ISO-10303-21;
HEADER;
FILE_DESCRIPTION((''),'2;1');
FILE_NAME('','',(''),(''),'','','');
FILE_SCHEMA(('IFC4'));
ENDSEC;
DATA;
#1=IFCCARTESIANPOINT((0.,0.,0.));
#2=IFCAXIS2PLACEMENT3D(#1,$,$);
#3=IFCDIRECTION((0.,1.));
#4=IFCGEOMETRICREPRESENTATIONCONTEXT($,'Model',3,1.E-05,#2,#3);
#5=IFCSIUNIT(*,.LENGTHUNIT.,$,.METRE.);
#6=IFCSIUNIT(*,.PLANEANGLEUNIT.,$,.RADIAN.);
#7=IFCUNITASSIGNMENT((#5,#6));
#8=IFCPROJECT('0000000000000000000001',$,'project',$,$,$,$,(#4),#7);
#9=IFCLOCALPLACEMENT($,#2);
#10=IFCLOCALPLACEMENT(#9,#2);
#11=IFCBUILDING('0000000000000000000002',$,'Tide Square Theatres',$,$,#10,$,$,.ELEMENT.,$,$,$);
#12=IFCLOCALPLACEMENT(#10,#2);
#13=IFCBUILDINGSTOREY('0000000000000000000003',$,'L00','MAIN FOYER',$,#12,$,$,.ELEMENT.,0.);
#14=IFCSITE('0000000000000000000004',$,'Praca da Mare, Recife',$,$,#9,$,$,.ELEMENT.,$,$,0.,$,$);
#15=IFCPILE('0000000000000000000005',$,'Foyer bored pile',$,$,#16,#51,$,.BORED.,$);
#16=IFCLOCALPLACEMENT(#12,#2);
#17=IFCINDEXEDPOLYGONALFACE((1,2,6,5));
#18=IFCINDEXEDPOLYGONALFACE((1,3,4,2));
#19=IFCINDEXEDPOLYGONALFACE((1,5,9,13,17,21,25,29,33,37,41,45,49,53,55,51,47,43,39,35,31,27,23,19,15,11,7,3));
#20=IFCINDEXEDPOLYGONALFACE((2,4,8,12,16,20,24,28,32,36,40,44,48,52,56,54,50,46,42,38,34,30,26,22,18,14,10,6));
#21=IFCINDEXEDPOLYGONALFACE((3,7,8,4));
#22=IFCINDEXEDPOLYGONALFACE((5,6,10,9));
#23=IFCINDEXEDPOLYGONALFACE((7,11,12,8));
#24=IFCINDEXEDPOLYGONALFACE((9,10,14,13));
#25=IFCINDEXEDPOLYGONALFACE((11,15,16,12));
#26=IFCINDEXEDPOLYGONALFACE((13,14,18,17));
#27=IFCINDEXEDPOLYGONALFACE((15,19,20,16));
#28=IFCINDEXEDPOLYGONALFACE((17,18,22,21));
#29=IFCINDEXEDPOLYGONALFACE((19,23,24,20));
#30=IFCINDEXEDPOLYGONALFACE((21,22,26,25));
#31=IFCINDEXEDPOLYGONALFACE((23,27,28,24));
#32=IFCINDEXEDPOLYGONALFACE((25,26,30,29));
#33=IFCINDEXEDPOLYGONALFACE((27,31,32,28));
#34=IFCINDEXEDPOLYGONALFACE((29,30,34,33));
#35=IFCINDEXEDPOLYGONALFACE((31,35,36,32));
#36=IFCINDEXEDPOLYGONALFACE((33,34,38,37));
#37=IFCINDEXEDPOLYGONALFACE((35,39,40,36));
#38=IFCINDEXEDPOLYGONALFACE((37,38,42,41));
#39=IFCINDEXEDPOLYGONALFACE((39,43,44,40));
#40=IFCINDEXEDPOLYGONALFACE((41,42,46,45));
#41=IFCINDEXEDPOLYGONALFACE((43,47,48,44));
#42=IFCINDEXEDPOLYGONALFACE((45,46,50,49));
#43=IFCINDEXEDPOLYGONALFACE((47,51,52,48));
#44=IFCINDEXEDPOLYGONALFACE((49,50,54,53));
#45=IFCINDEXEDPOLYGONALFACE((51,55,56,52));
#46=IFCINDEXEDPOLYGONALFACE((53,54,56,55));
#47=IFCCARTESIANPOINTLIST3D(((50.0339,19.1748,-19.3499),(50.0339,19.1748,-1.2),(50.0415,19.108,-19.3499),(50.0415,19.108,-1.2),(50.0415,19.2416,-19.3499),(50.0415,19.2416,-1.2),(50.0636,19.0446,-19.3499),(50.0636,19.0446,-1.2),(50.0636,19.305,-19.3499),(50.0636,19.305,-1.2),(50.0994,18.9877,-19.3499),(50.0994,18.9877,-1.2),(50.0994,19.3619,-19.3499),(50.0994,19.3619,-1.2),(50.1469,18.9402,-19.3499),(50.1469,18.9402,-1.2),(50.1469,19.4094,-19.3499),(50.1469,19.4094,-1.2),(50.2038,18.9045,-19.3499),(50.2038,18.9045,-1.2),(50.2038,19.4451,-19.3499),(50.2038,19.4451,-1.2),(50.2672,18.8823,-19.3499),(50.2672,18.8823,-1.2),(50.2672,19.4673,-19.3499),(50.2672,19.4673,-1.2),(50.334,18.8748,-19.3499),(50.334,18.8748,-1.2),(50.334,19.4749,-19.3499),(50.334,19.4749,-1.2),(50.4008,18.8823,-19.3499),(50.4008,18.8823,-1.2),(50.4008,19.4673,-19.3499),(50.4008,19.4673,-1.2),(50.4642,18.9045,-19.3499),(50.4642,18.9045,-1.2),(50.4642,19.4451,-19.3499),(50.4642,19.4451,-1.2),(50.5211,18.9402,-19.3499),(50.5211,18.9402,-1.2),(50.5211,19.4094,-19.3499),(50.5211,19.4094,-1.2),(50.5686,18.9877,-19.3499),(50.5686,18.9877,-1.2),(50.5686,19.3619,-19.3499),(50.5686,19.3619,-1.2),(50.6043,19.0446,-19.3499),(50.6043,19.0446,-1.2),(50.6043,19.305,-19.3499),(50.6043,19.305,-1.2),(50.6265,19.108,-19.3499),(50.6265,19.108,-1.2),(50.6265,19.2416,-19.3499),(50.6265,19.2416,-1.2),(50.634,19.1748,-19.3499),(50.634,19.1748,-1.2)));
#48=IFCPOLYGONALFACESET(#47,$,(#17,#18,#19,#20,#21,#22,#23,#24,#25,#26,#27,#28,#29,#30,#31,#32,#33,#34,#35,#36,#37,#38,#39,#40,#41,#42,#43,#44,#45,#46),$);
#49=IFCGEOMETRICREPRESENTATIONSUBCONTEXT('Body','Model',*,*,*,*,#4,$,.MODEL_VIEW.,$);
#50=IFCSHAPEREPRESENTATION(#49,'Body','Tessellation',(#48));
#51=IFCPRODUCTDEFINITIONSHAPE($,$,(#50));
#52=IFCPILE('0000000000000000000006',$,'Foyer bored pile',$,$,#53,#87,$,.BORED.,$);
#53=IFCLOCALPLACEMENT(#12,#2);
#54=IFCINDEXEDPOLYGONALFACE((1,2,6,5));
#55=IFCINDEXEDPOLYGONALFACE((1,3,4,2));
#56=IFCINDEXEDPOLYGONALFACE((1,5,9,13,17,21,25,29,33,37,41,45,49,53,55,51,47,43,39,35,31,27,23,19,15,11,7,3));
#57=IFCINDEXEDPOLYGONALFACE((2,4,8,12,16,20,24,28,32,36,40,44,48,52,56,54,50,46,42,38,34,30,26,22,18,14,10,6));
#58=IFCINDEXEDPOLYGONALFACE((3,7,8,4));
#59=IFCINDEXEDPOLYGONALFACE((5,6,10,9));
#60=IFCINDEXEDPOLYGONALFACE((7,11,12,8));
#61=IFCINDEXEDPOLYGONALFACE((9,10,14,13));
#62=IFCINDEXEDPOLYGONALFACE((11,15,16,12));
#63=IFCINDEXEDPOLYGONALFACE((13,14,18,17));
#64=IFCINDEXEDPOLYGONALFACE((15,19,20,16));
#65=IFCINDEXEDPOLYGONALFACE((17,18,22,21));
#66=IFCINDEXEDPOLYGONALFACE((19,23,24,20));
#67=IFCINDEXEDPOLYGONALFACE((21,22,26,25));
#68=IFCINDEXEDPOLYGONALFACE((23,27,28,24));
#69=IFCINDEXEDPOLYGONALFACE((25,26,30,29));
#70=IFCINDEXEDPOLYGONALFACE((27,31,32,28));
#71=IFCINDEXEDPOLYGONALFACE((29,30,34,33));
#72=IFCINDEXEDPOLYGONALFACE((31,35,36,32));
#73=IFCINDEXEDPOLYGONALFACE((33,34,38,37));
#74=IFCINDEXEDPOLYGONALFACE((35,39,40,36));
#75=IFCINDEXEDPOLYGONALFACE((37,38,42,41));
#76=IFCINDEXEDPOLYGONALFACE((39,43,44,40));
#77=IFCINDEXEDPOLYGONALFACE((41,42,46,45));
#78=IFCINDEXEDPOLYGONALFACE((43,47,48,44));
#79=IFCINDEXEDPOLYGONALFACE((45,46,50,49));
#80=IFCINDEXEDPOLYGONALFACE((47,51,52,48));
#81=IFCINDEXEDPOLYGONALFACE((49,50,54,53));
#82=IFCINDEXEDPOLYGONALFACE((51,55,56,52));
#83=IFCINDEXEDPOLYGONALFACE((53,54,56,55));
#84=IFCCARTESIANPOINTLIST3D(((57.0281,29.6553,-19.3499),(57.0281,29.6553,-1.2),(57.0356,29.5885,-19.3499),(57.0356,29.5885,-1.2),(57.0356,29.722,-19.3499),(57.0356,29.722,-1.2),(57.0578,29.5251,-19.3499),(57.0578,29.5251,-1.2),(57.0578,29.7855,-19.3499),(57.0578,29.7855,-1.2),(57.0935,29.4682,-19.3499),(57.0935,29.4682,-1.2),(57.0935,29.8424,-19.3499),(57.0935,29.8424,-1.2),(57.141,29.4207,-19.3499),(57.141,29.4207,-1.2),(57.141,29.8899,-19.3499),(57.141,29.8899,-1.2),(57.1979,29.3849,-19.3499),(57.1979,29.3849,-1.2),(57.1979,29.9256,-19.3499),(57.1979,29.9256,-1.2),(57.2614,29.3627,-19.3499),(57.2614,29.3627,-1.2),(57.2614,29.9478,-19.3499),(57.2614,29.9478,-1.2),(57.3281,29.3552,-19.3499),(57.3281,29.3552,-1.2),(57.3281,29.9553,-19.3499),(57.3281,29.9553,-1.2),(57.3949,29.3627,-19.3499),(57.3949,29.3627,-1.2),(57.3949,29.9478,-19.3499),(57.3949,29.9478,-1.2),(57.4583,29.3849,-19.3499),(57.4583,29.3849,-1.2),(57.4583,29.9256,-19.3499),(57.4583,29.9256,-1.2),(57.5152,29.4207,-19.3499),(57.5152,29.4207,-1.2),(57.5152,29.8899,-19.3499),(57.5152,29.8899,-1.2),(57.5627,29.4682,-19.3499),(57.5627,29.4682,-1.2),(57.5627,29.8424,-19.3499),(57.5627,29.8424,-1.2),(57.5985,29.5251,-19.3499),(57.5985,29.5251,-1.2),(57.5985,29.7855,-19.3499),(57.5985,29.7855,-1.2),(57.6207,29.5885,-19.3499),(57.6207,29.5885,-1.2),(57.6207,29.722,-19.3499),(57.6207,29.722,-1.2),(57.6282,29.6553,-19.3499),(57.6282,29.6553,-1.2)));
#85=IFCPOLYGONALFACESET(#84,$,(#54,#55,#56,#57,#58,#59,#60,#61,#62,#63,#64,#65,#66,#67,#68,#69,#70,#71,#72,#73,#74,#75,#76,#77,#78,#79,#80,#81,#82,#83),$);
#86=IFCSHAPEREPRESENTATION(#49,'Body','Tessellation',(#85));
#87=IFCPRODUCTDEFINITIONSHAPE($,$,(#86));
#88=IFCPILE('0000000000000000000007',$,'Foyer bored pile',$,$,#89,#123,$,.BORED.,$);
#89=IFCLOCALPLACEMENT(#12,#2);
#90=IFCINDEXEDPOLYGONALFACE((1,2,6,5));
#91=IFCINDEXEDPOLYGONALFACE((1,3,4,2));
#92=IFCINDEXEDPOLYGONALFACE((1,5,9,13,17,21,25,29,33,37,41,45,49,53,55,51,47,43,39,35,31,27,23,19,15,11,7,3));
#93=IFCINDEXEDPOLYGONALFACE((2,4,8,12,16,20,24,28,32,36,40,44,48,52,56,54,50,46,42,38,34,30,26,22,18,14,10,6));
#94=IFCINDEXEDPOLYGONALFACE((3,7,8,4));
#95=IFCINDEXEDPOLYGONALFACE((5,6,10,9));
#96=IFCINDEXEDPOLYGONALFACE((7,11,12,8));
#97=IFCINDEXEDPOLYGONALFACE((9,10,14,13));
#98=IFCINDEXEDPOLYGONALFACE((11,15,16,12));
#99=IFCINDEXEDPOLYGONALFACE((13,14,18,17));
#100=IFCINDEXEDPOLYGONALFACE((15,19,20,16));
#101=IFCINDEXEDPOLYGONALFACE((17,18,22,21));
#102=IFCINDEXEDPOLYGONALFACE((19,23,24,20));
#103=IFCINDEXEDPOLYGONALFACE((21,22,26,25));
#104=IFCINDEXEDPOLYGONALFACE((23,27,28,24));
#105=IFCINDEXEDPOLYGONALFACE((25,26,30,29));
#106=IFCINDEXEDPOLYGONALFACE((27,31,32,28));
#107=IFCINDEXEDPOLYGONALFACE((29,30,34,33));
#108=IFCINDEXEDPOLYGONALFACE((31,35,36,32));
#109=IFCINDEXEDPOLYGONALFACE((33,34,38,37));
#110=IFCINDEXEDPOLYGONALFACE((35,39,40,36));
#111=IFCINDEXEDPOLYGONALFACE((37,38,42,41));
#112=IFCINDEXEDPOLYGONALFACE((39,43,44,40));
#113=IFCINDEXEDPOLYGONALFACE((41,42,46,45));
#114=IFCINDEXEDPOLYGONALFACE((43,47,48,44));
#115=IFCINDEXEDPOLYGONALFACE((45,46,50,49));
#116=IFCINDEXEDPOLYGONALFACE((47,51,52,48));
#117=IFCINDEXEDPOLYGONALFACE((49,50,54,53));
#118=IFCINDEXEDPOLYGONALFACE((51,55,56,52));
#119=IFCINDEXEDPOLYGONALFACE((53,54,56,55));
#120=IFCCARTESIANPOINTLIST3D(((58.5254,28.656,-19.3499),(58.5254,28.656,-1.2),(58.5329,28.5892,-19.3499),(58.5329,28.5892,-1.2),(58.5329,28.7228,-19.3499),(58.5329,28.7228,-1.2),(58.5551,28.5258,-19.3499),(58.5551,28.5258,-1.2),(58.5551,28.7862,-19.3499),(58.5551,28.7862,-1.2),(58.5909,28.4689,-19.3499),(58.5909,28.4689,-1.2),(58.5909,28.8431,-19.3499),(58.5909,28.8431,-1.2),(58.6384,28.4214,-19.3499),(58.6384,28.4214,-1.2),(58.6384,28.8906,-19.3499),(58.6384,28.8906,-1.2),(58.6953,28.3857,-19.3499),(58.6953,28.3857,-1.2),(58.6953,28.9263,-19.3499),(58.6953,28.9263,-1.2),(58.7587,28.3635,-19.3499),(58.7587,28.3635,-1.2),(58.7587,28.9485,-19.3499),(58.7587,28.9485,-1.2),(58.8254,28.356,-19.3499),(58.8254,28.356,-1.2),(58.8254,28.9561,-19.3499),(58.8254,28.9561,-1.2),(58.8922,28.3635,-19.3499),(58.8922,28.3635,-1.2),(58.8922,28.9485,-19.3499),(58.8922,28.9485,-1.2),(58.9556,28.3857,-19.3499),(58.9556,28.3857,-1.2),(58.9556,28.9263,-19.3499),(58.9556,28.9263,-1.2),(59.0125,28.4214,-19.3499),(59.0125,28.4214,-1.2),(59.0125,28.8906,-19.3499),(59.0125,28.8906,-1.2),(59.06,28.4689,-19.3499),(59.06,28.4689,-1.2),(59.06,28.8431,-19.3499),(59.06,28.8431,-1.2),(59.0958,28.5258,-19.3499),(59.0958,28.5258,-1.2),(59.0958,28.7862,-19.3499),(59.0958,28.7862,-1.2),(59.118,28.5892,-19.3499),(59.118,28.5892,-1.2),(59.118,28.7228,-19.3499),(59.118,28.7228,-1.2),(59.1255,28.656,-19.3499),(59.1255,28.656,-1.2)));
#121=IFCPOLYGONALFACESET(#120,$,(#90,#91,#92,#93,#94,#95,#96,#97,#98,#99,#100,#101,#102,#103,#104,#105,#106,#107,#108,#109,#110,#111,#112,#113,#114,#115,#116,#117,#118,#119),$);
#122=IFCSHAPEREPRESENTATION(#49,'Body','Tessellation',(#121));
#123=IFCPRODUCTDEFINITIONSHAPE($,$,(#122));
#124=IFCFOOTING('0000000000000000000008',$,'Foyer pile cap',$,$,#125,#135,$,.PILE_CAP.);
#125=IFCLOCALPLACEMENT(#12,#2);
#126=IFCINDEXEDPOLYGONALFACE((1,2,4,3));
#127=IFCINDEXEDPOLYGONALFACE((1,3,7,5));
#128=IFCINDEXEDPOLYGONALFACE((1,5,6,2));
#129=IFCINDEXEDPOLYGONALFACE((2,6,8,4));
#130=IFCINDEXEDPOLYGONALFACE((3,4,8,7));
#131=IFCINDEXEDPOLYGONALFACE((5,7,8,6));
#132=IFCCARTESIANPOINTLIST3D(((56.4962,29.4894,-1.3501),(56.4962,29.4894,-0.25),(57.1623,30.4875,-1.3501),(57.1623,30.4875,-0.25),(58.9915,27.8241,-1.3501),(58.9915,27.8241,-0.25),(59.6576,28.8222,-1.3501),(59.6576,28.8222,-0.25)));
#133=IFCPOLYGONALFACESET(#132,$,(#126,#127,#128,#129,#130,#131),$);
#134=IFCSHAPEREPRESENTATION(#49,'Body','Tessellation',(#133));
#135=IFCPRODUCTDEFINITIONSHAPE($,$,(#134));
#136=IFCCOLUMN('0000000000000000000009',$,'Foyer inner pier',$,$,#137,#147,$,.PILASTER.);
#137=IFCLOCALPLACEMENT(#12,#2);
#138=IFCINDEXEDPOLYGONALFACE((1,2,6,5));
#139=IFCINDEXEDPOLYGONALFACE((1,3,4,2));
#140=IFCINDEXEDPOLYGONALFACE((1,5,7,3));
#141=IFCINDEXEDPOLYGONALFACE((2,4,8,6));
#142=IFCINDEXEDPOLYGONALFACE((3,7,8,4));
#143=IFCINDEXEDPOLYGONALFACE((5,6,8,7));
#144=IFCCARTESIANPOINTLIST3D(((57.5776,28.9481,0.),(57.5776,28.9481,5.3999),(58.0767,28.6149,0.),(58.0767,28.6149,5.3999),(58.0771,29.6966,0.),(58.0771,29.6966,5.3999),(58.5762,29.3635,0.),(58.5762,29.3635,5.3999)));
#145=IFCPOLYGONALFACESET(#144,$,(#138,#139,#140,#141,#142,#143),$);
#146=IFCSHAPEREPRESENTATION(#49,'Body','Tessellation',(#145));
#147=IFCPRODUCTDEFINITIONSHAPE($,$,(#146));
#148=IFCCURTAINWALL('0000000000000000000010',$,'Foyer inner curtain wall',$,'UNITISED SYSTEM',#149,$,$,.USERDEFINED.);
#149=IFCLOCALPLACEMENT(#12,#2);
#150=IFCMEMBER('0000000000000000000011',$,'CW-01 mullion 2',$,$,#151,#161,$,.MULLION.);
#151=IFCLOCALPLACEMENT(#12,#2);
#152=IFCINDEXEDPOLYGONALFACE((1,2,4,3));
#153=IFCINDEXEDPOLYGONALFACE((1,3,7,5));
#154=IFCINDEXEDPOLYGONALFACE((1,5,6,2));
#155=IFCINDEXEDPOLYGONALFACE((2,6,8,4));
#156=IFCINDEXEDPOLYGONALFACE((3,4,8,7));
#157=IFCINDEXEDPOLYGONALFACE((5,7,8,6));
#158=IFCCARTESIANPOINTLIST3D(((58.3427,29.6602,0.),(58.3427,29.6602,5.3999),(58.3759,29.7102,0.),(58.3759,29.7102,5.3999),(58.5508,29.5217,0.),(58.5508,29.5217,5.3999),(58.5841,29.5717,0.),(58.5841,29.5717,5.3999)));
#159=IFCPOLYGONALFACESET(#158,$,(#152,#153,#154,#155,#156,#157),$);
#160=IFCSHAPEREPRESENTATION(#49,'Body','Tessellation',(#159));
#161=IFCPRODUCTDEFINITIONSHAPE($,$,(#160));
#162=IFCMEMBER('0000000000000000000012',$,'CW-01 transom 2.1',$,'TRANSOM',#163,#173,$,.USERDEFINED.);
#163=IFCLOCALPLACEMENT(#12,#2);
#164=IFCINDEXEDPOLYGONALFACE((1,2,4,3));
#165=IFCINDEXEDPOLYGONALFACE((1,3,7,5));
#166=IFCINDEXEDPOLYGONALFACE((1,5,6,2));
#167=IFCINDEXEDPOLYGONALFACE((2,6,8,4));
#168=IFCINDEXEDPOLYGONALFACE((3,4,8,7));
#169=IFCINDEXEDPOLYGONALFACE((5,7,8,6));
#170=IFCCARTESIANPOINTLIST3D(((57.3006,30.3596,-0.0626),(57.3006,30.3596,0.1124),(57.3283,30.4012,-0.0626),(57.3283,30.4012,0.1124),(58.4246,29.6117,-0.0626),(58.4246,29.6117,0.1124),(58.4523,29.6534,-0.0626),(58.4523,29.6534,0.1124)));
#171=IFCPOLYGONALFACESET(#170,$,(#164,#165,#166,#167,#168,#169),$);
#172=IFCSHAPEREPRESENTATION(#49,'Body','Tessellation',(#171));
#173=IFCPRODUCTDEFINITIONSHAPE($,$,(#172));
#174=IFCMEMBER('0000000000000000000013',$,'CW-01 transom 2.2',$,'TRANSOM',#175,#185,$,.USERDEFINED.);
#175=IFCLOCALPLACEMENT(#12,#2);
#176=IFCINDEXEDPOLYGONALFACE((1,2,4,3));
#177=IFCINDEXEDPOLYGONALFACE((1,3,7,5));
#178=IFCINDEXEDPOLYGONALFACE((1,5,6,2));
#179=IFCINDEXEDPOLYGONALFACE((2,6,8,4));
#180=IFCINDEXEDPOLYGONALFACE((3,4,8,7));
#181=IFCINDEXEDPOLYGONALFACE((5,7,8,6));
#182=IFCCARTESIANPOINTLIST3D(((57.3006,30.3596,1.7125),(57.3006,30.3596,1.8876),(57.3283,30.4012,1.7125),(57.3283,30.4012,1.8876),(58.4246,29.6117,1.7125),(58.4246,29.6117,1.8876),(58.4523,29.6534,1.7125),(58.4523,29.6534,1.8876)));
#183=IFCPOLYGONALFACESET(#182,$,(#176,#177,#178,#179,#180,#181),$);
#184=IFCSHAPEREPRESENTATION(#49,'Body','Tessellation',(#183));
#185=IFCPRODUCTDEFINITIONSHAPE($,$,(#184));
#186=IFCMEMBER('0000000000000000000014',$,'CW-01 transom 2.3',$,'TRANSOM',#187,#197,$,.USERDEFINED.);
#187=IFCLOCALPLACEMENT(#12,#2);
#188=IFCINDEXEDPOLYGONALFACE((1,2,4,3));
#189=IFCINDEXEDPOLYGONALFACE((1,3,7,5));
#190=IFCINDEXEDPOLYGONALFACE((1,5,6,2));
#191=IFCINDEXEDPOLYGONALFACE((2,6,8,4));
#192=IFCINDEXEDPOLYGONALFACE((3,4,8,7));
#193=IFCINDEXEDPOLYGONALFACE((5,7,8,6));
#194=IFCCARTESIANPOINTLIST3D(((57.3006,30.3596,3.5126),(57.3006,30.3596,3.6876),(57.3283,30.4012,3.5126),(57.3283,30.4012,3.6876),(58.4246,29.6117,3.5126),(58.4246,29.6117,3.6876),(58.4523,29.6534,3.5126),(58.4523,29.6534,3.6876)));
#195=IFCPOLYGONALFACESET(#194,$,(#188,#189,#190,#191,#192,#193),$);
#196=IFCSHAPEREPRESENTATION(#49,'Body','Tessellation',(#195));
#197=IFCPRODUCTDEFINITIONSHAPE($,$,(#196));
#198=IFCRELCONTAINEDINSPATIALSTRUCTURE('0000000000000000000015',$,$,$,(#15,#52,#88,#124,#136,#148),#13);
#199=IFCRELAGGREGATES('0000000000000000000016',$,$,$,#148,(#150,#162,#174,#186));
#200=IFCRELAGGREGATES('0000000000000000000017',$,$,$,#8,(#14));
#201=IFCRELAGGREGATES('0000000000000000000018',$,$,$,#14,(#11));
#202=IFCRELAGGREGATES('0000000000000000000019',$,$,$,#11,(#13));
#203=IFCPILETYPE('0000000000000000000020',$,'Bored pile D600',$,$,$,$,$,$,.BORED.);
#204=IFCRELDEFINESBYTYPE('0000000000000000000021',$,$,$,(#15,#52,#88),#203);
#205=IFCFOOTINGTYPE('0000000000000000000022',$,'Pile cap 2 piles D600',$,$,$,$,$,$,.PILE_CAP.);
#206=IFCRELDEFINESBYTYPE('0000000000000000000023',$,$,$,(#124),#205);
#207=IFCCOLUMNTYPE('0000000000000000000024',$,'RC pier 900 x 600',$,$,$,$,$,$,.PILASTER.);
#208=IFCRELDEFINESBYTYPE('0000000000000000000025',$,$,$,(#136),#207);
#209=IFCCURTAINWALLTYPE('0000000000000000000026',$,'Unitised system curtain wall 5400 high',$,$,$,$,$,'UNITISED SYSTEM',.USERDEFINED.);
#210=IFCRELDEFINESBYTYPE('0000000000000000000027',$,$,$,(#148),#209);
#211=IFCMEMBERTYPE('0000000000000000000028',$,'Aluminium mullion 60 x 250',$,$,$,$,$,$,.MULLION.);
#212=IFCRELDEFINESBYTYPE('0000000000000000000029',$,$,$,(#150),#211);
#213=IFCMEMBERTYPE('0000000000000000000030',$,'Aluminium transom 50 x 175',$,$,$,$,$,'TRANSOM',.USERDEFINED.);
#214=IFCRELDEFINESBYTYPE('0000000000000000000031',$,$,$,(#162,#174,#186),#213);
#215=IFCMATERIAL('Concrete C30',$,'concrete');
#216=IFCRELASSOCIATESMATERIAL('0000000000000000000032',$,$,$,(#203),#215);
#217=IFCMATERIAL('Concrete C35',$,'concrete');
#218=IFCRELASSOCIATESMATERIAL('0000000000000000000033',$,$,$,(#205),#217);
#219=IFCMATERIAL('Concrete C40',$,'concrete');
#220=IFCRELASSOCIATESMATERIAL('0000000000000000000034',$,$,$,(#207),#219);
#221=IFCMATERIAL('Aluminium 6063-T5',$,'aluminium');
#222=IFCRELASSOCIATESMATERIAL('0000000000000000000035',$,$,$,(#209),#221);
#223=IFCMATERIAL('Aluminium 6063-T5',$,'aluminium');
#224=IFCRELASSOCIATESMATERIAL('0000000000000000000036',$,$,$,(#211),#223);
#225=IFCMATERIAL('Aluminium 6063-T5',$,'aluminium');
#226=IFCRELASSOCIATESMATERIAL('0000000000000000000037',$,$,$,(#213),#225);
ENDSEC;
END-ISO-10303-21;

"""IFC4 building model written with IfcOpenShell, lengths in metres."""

from ifc_helpers import new_model, si_unit, direction, frame, origin, origin_2d, place, context, subcontext, project, spatial, rectangle, circle, extrude, material, material_profile, profile_set, type_object, element, aggregate, save


model = new_model("IFC4")

# Units and contexts
model_context = context("Model", 3, precision=1e-05, world=origin(), true_north=direction((0.0, 1.0)))
body_context = subcontext(model_context, "Body", "Model", "MODEL_VIEW")
ifc_project = project(units=[si_unit("LENGTHUNIT", "METRE"), si_unit("PLANEANGLEUNIT", "RADIAN")], contexts=[model_context])

# Site, building, storey
site_placement = place(None, origin())
site = spatial("IfcSite", under=ifc_project, at=site_placement, Name="Praca da Mare, Recife", CompositionType="ELEMENT", RefElevation=0.0)
building_placement = place(site_placement, origin())
building = spatial("IfcBuilding", under=site, at=building_placement, Name="Tide Square Theatres", CompositionType="ELEMENT")
storey_placement = place(building_placement, origin())
storey = spatial("IfcBuildingStorey", under=building, at=storey_placement, Name="L00", Description="MAIN FOYER", CompositionType="ELEMENT", Elevation=0.0)

# Piles
ifc_material_1 = material(Name="Concrete C30", Category="concrete")
ifc_material_profile_1 = material_profile(ifc_material_1, circle(Radius=0.3, at=origin_2d()))
ifc_profile_set_1 = profile_set([ifc_material_profile_1], Name="Concrete C30")
pile_type = type_object("IfcPileType", Name="Bored pile D600", PredefinedType="BORED", material=ifc_profile_set_1)
for number, where, z_axis, x_axis, name in (
    (1, (50.334, 19.1748, -1.2), (0.0, 0.0, -1.0), (1.0, 0.0, 0.0), "Foyer bored pile"),
    (2, (57.3281, 29.6553, -1.2), (0.0, 0.0, -1.0), (1.0, 0.0, 0.0), "Foyer bored pile"),
    (3, (58.8254, 28.656, -1.2), (0.0, 0.0, -1.0), (1.0, 0.0, 0.0), "Foyer bored pile"),
):
    element("IfcPile", number, at=place(storey_placement, frame(where, z_axis=z_axis, x_axis=x_axis)), inside=storey, type_object=pile_type, Name=name, PredefinedType="BORED", context=body_context, shape_type="SweptSolid", body=[
        extrude(circle(Radius=0.3, at=origin_2d()), origin(), (0.0, 0.0, 1.0), 18.1499),
    ])

# Footing
ifc_material_2 = material(Name="Concrete C35", Category="concrete")
footing_type = type_object("IfcFootingType", Name="Pile cap 2 piles D600", PredefinedType="PILE_CAP", material=ifc_material_2)
footing_placement = place(storey_placement, frame((58.0769, 29.1558, -1.3501), z_axis=(0.0, 0.0, 1.0), x_axis=(0.831784, -0.5551, 0.0)))
element("IfcFooting", 4, at=footing_placement, inside=storey, type_object=footing_type, Name="Foyer pile cap", PredefinedType="PILE_CAP", context=body_context, shape_type="SweptSolid", body=[
    extrude(rectangle(XDim=3.0, YDim=1.2, at=origin_2d()), origin(), (0.0, 0.0, 1.0), 1.1001),
])

# Column
ifc_material_3 = material(Name="Concrete C40", Category="concrete")
ifc_material_profile_2 = material_profile(ifc_material_3, rectangle(XDim=0.8999, YDim=0.6001, at=origin_2d()))
ifc_profile_set_2 = profile_set([ifc_material_profile_2], Name="Concrete C40")
column_type = type_object("IfcColumnType", Name="RC pier 900 x 600", PredefinedType="PILASTER", material=ifc_profile_set_2)
column_placement = place(storey_placement, frame((58.0769, 29.1558, 0.0), z_axis=(0.0, 0.0, 1.0), x_axis=(-0.5551, -0.831784, 0.0)))
element("IfcColumn", 5, at=column_placement, inside=storey, type_object=column_type, Name="Foyer inner pier", PredefinedType="PILASTER", context=body_context, shape_type="SweptSolid", body=[
    extrude(rectangle(XDim=0.8999, YDim=0.6001, at=origin_2d()), origin(), (0.0, 0.0, 1.0), 5.3999),
])

# Curtain wall, members
ifc_material_4 = material(Name="Aluminium 6063-T5", Category="aluminium")
curtain_wall_type = type_object("IfcCurtainWallType", Name="Unitised system curtain wall 5400 high", ElementType="UNITISED SYSTEM", PredefinedType="USERDEFINED", material=ifc_material_4)
curtain_wall_1_placement = place(storey_placement, origin())
curtain_wall_1 = element("IfcCurtainWall", 6, at=curtain_wall_1_placement, inside=storey, type_object=curtain_wall_type, Name="Foyer inner curtain wall", ObjectType="UNITISED SYSTEM", PredefinedType="USERDEFINED")
ifc_material_5 = material(Name="Aluminium 6063-T5", Category="aluminium")
ifc_material_profile_3 = material_profile(ifc_material_5, rectangle(XDim=0.0601, YDim=0.25, at=origin_2d()))
ifc_profile_set_3 = profile_set([ifc_material_profile_3], Name="Aluminium 6063-T5")
member_type_1 = type_object("IfcMemberType", Name="Aluminium mullion 60 x 250", PredefinedType="MULLION", material=ifc_profile_set_3)
member_1_placement = place(storey_placement, frame((58.4634, 29.616, 0.0), z_axis=(0.0, 0.0, 1.0), x_axis=(-0.553915, -0.832573, 0.0)))
member_1 = element("IfcMember", 7, at=member_1_placement, type_object=member_type_1, Name="CW-01 mullion 2", PredefinedType="MULLION", context=body_context, shape_type="SweptSolid", body=[
    extrude(rectangle(XDim=0.0601, YDim=0.25, at=origin_2d()), origin(), (0.0, 0.0, 1.0), 5.3999),
])
ifc_material_6 = material(Name="Aluminium 6063-T5", Category="aluminium")
ifc_material_profile_4 = material_profile(ifc_material_6, rectangle(XDim=0.05, YDim=0.175, at=origin_2d()))
ifc_profile_set_4 = profile_set([ifc_material_profile_4], Name="Aluminium 6063-T5")
member_type_2 = type_object("IfcMemberType", Name="Aluminium transom 50 x 175", ElementType="TRANSOM", PredefinedType="USERDEFINED", material=ifc_profile_set_4)
member_2_placement = place(storey_placement, frame((58.4385, 29.6326, 0.0249), z_axis=(-0.832579, 0.553907, 0.0), x_axis=(-0.553907, -0.832579, 0.0)))
member_2 = element("IfcMember", 8, at=member_2_placement, type_object=member_type_2, Name="CW-01 transom 2.1", ObjectType="TRANSOM", PredefinedType="USERDEFINED", context=body_context, shape_type="SweptSolid", body=[
    extrude(rectangle(XDim=0.05, YDim=0.175, at=origin_2d()), origin(), (0.0, 0.0, 1.0), 1.3501),
])
member_3_placement = place(storey_placement, frame((58.4385, 29.6326, 1.8), z_axis=(-0.832579, 0.553907, 0.0), x_axis=(-0.553907, -0.832579, 0.0)))
member_3 = element("IfcMember", 9, at=member_3_placement, type_object=member_type_2, Name="CW-01 transom 2.2", ObjectType="TRANSOM", PredefinedType="USERDEFINED", context=body_context, shape_type="SweptSolid", body=[
    extrude(rectangle(XDim=0.05, YDim=0.175, at=origin_2d()), origin(), (0.0, 0.0, 1.0), 1.3501),
])
member_4_placement = place(storey_placement, frame((58.4385, 29.6326, 3.6001), z_axis=(-0.832579, 0.553907, 0.0), x_axis=(-0.553907, -0.832579, 0.0)))
member_4 = element("IfcMember", 10, at=member_4_placement, type_object=member_type_2, Name="CW-01 transom 2.3", ObjectType="TRANSOM", PredefinedType="USERDEFINED", context=body_context, shape_type="SweptSolid", body=[
    extrude(rectangle(XDim=0.05, YDim=0.175, at=origin_2d()), origin(), (0.0, 0.0, 1.0), 1.3501),
])

aggregate(curtain_wall_1, [member_1, member_2, member_3, member_4])

save(model, "model.ifc")
